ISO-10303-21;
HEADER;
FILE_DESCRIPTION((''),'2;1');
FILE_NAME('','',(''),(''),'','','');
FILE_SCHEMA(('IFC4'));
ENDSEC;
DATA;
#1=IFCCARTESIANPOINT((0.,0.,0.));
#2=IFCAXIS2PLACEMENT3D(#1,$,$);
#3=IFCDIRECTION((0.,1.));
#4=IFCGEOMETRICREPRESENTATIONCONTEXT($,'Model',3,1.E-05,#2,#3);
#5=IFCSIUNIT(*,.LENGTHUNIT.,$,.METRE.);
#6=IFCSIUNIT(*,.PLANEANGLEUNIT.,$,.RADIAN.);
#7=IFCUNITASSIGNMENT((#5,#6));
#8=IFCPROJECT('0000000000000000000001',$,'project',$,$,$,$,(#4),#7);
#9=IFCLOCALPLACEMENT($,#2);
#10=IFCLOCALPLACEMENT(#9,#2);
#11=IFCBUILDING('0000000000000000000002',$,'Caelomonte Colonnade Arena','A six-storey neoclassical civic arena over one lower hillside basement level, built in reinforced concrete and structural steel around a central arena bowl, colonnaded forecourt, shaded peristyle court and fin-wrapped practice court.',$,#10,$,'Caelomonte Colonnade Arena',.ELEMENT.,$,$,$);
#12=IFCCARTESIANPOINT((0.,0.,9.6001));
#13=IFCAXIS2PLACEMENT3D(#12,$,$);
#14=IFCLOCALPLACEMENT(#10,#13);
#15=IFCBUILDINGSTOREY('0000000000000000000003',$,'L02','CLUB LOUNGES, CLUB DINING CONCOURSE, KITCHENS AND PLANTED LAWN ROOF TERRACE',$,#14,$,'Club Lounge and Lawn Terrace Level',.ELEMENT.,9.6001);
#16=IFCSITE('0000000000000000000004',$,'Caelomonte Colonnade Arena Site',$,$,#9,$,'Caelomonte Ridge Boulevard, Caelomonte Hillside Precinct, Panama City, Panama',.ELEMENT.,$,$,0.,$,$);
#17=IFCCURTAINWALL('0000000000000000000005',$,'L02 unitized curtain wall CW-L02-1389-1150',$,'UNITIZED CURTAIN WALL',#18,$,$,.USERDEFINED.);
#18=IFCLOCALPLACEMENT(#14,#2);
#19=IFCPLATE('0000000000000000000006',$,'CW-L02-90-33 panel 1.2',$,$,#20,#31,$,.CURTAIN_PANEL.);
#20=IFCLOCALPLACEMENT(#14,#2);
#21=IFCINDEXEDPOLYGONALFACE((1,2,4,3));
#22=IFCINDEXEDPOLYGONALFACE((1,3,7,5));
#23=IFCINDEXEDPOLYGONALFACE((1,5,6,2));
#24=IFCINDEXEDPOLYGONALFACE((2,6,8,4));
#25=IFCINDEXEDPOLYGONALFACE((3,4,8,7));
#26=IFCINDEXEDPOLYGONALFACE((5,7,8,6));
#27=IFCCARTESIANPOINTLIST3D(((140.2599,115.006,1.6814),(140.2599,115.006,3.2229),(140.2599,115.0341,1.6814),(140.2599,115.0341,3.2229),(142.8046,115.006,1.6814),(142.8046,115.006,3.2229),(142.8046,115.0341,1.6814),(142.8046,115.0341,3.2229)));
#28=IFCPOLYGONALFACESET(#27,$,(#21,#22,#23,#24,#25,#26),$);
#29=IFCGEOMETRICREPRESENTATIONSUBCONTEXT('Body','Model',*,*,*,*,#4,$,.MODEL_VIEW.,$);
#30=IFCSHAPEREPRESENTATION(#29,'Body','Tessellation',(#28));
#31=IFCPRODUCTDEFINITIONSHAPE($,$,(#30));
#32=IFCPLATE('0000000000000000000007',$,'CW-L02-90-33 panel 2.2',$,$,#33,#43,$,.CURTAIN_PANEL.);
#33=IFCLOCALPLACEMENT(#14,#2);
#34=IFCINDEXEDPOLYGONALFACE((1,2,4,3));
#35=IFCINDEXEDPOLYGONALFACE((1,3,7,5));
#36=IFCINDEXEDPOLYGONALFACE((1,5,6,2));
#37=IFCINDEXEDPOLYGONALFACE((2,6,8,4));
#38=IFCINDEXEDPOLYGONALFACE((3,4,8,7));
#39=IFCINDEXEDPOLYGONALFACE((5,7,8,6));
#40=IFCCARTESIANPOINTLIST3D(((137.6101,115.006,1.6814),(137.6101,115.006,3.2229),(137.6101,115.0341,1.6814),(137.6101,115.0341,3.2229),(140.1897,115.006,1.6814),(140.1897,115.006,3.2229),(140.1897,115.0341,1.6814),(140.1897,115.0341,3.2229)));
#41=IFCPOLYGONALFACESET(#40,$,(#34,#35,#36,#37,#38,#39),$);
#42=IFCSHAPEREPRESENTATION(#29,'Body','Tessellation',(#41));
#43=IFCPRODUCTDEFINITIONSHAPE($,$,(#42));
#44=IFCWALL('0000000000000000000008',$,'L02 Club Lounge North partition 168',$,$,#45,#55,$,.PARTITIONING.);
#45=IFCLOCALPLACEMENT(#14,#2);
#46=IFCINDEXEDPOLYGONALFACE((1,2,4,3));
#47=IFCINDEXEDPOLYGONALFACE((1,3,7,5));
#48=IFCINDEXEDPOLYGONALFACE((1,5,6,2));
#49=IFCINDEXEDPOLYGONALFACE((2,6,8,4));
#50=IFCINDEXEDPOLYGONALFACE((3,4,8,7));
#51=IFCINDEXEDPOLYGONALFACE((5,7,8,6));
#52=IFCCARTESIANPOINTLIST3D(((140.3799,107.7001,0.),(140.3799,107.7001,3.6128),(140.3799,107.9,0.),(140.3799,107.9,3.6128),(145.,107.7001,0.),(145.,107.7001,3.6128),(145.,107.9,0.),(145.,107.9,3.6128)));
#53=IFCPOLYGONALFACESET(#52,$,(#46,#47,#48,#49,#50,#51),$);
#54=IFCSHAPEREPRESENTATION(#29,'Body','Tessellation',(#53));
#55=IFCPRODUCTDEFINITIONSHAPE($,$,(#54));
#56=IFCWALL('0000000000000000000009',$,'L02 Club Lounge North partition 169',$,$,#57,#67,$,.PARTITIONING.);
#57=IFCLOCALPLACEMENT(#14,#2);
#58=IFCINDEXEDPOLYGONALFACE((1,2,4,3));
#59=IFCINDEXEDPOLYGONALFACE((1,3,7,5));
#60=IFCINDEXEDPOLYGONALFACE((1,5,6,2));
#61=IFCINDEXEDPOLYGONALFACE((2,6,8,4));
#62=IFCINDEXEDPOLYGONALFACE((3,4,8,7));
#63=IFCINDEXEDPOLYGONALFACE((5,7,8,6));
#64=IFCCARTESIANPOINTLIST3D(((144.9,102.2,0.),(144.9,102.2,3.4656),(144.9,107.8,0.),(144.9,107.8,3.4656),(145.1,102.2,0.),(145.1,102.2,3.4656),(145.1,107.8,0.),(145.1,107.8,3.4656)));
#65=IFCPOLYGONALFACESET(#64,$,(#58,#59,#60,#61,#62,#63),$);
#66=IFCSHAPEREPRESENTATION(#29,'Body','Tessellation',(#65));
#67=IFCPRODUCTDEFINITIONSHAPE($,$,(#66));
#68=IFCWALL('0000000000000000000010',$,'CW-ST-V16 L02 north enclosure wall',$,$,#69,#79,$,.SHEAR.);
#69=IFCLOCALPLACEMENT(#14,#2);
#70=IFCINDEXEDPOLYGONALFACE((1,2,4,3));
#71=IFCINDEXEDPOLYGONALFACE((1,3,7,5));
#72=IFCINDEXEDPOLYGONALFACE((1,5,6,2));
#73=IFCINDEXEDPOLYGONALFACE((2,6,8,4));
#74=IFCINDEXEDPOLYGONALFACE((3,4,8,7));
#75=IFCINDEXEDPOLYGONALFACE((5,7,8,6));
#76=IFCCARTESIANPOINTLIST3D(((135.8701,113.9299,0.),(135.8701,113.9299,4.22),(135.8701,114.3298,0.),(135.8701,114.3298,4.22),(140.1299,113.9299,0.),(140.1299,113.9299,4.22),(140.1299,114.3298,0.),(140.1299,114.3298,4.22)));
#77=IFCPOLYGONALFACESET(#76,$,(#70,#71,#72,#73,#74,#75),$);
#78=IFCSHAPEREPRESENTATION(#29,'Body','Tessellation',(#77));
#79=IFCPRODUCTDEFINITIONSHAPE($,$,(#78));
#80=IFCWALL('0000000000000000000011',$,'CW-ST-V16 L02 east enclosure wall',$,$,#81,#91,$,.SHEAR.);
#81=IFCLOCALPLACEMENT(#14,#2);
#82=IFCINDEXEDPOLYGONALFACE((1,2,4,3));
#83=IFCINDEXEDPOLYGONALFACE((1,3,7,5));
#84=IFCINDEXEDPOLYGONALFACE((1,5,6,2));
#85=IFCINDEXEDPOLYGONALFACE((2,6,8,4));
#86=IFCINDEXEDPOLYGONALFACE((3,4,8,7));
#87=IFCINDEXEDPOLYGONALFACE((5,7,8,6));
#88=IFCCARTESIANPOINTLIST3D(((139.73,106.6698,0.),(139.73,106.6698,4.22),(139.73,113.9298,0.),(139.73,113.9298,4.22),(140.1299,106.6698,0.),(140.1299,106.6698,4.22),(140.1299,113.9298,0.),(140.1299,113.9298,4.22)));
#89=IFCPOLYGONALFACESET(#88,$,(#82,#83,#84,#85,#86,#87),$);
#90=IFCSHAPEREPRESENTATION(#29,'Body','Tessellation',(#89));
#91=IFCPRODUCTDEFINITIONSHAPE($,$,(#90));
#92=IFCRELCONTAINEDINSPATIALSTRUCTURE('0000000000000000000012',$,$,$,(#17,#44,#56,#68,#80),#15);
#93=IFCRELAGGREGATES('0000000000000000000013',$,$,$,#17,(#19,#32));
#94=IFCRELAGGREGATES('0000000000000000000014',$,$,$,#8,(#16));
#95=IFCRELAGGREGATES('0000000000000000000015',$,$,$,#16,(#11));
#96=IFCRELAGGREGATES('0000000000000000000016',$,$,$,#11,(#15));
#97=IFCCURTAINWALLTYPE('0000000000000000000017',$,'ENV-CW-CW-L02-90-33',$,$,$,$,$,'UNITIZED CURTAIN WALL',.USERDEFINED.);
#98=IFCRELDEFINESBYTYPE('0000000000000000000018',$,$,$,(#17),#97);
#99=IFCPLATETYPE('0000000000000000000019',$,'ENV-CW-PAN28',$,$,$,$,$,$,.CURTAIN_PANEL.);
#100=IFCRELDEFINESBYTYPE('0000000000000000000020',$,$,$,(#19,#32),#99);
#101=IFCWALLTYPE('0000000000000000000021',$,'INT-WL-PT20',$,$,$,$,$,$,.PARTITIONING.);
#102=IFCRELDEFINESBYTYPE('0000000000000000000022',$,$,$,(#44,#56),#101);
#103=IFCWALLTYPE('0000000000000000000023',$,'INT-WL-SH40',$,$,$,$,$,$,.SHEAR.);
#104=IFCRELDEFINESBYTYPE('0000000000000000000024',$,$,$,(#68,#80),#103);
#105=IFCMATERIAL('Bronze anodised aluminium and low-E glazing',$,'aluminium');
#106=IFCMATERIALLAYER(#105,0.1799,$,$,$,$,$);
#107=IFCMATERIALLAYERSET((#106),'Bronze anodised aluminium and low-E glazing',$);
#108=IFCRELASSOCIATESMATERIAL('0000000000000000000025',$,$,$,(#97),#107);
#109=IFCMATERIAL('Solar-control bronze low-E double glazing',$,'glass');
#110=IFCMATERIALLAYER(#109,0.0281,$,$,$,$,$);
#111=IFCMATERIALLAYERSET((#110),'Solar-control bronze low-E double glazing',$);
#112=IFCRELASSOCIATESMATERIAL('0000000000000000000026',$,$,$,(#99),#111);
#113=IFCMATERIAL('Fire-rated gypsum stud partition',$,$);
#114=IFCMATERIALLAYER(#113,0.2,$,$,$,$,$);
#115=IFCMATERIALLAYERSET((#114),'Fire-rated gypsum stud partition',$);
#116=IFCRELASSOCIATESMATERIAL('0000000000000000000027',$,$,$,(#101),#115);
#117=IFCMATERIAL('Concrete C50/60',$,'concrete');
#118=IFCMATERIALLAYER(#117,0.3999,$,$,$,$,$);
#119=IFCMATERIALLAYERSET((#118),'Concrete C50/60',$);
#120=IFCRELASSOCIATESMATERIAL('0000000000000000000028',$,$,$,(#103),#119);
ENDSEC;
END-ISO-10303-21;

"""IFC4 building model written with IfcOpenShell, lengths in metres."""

from ifc_helpers import new_model, si_unit, direction, frame, frame_2d, origin, origin_2d, place, context, subcontext, project, spatial, rectangle, extrude, material, layer, layer_set, type_object, element, aggregate, save


model = new_model("IFC4")

# Units and contexts
model_context = context("Model", 3, precision=1e-05, world=origin(), true_north=direction((0.0, 1.0)))
body_context = subcontext(model_context, "Body", "Model", "MODEL_VIEW")
ifc_project = project(units=[si_unit("LENGTHUNIT", "METRE"), si_unit("PLANEANGLEUNIT", "RADIAN")], contexts=[model_context])

# Site, building, storey
site_placement = place(None, origin())
site = spatial("IfcSite", under=ifc_project, at=site_placement, Name="Caelomonte Colonnade Arena Site", LongName="Caelomonte Ridge Boulevard, Caelomonte Hillside Precinct, Panama City, Panama", CompositionType="ELEMENT", RefElevation=0.0)
building_placement = place(site_placement, origin())
building = spatial("IfcBuilding", under=site, at=building_placement, Name="Caelomonte Colonnade Arena", Description="A six-storey neoclassical civic arena over one lower hillside basement level, built in reinforced concrete and structural steel around a central arena bowl, colonnaded forecourt, shaded peristyle court and fin-wrapped practice court.", LongName="Caelomonte Colonnade Arena", CompositionType="ELEMENT")
storey_placement = place(building_placement, frame((0.0, 0.0, 9.6001)))
storey = spatial("IfcBuildingStorey", under=building, at=storey_placement, Name="L02", Description="CLUB LOUNGES, CLUB DINING CONCOURSE, KITCHENS AND PLANTED LAWN ROOF TERRACE", LongName="Club Lounge and Lawn Terrace Level", CompositionType="ELEMENT", Elevation=9.6001)

# Shared definitions
ifc_material_1 = material(Name="Concrete C50/60", Category="concrete")

# Shared definitions
ifc_material_2 = material(Name="Bronze anodised aluminium and low-E glazing", Category="aluminium")

# Curtain wall
ifc_layer_1 = layer(ifc_material_2, 0.1799)
ifc_layer_set_1 = layer_set([ifc_layer_1], Name="Bronze anodised aluminium and low-E glazing")
curtain_wall_type_1 = type_object("IfcCurtainWallType", Name="ENV-CW-CW-L02-90-33", ElementType="UNITIZED CURTAIN WALL", PredefinedType="USERDEFINED", material=ifc_layer_set_1)
curtain_wall_1_placement = place(storey_placement, origin())
curtain_wall_1 = element("IfcCurtainWall", 1, at=curtain_wall_1_placement, inside=storey, type_object=curtain_wall_type_1, Name="L02 unitized curtain wall CW-L02-1389-1150", ObjectType="UNITIZED CURTAIN WALL", PredefinedType="USERDEFINED")

# Plates
ifc_material_3 = material(Name="Solar-control bronze low-E double glazing", Category="glass")
ifc_layer_2 = layer(ifc_material_3, 0.0281)
ifc_layer_set_2 = layer_set([ifc_layer_2], Name="Solar-control bronze low-E double glazing")
plate_type = type_object("IfcPlateType", Name="ENV-CW-PAN28", PredefinedType="CURTAIN_PANEL", material=ifc_layer_set_2)
plate_1_placement = place(storey_placement, frame((141.5322, 115.02, 1.6814), z_axis=(0.0, 0.0, 1.0), x_axis=(-1.0, 0.0, 0.0)))
plate_1 = element("IfcPlate", 2, at=plate_1_placement, type_object=plate_type, Name="CW-L02-90-33 panel 1.2", PredefinedType="CURTAIN_PANEL", context=body_context, shape_type="SweptSolid", body=[
    extrude(rectangle(XDim=2.5447, YDim=0.0281, at=origin_2d()), origin(), (0.0, 0.0, 1.0), 1.5415),
])
plate_2_placement = place(storey_placement, frame((138.8999, 115.02, 1.6814), z_axis=(0.0, 0.0, 1.0), x_axis=(-1.0, 0.0, 0.0)))
plate_2 = element("IfcPlate", 3, at=plate_2_placement, type_object=plate_type, Name="CW-L02-90-33 panel 2.2", PredefinedType="CURTAIN_PANEL", context=body_context, shape_type="SweptSolid", body=[
    extrude(rectangle(XDim=2.5796, YDim=0.0281, at=origin_2d()), origin(), (0.0, 0.0, 1.0), 1.5415),
])
aggregate(curtain_wall_1, [plate_1, plate_2])

# Walls
ifc_material_4 = material(Name="Fire-rated gypsum stud partition")
ifc_layer_3 = layer(ifc_material_4, 0.2)
ifc_layer_set_3 = layer_set([ifc_layer_3], Name="Fire-rated gypsum stud partition")
wall_type_1 = type_object("IfcWallType", Name="INT-WL-PT20", PredefinedType="PARTITIONING", material=ifc_layer_set_3)
wall_1_placement = place(storey_placement, frame((140.3799, 107.8, 0.0), z_axis=(0.0, 0.0, 1.0), x_axis=(1.0, 0.0, 0.0)))
element("IfcWall", 4, at=wall_1_placement, inside=storey, type_object=wall_type_1, Name="L02 Club Lounge North partition 168", PredefinedType="PARTITIONING", context=body_context, shape_type="SweptSolid", body=[
    extrude(rectangle(XDim=4.6201, YDim=0.2, at=frame_2d((2.3101, 0.0))), origin(), (0.0, 0.0, 1.0), 3.6128),
])
wall_2_placement = place(storey_placement, frame((145.0, 107.8, 0.0), z_axis=(0.0, 0.0, 1.0), x_axis=(0.0, -1.0, 0.0)))
element("IfcWall", 5, at=wall_2_placement, inside=storey, type_object=wall_type_1, Name="L02 Club Lounge North partition 169", PredefinedType="PARTITIONING", context=body_context, shape_type="SweptSolid", body=[
    extrude(rectangle(XDim=5.6001, YDim=0.2, at=frame_2d((2.8, 0.0))), origin(), (0.0, 0.0, 1.0), 3.4656),
])
ifc_layer_4 = layer(ifc_material_1, 0.3999)
ifc_layer_set_4 = layer_set([ifc_layer_4], Name="Concrete C50/60")
wall_type_2 = type_object("IfcWallType", Name="INT-WL-SH40", PredefinedType="SHEAR", material=ifc_layer_set_4)
wall_3_placement = place(storey_placement, frame((140.1299, 114.1299, 0.0), z_axis=(0.0, 0.0, 1.0), x_axis=(-1.0, 0.0, 0.0)))
element("IfcWall", 6, at=wall_3_placement, inside=storey, type_object=wall_type_2, Name="CW-ST-V16 L02 north enclosure wall", PredefinedType="SHEAR", context=body_context, shape_type="SweptSolid", body=[
    extrude(rectangle(XDim=4.2598, YDim=0.3999, at=frame_2d((2.1299, 0.0))), origin(), (0.0, 0.0, 1.0), 4.22),
])
wall_4_placement = place(storey_placement, frame((139.9299, 106.6699, 0.0), z_axis=(0.0, 0.0, 1.0), x_axis=(0.0, 1.0, 0.0)))
element("IfcWall", 7, at=wall_4_placement, inside=storey, type_object=wall_type_2, Name="CW-ST-V16 L02 east enclosure wall", PredefinedType="SHEAR", context=body_context, shape_type="SweptSolid", body=[
    extrude(rectangle(XDim=7.26, YDim=0.3999, at=frame_2d((3.6299, 0.0))), origin(), (0.0, 0.0, 1.0), 4.22),
])

save(model, "model.ifc")
